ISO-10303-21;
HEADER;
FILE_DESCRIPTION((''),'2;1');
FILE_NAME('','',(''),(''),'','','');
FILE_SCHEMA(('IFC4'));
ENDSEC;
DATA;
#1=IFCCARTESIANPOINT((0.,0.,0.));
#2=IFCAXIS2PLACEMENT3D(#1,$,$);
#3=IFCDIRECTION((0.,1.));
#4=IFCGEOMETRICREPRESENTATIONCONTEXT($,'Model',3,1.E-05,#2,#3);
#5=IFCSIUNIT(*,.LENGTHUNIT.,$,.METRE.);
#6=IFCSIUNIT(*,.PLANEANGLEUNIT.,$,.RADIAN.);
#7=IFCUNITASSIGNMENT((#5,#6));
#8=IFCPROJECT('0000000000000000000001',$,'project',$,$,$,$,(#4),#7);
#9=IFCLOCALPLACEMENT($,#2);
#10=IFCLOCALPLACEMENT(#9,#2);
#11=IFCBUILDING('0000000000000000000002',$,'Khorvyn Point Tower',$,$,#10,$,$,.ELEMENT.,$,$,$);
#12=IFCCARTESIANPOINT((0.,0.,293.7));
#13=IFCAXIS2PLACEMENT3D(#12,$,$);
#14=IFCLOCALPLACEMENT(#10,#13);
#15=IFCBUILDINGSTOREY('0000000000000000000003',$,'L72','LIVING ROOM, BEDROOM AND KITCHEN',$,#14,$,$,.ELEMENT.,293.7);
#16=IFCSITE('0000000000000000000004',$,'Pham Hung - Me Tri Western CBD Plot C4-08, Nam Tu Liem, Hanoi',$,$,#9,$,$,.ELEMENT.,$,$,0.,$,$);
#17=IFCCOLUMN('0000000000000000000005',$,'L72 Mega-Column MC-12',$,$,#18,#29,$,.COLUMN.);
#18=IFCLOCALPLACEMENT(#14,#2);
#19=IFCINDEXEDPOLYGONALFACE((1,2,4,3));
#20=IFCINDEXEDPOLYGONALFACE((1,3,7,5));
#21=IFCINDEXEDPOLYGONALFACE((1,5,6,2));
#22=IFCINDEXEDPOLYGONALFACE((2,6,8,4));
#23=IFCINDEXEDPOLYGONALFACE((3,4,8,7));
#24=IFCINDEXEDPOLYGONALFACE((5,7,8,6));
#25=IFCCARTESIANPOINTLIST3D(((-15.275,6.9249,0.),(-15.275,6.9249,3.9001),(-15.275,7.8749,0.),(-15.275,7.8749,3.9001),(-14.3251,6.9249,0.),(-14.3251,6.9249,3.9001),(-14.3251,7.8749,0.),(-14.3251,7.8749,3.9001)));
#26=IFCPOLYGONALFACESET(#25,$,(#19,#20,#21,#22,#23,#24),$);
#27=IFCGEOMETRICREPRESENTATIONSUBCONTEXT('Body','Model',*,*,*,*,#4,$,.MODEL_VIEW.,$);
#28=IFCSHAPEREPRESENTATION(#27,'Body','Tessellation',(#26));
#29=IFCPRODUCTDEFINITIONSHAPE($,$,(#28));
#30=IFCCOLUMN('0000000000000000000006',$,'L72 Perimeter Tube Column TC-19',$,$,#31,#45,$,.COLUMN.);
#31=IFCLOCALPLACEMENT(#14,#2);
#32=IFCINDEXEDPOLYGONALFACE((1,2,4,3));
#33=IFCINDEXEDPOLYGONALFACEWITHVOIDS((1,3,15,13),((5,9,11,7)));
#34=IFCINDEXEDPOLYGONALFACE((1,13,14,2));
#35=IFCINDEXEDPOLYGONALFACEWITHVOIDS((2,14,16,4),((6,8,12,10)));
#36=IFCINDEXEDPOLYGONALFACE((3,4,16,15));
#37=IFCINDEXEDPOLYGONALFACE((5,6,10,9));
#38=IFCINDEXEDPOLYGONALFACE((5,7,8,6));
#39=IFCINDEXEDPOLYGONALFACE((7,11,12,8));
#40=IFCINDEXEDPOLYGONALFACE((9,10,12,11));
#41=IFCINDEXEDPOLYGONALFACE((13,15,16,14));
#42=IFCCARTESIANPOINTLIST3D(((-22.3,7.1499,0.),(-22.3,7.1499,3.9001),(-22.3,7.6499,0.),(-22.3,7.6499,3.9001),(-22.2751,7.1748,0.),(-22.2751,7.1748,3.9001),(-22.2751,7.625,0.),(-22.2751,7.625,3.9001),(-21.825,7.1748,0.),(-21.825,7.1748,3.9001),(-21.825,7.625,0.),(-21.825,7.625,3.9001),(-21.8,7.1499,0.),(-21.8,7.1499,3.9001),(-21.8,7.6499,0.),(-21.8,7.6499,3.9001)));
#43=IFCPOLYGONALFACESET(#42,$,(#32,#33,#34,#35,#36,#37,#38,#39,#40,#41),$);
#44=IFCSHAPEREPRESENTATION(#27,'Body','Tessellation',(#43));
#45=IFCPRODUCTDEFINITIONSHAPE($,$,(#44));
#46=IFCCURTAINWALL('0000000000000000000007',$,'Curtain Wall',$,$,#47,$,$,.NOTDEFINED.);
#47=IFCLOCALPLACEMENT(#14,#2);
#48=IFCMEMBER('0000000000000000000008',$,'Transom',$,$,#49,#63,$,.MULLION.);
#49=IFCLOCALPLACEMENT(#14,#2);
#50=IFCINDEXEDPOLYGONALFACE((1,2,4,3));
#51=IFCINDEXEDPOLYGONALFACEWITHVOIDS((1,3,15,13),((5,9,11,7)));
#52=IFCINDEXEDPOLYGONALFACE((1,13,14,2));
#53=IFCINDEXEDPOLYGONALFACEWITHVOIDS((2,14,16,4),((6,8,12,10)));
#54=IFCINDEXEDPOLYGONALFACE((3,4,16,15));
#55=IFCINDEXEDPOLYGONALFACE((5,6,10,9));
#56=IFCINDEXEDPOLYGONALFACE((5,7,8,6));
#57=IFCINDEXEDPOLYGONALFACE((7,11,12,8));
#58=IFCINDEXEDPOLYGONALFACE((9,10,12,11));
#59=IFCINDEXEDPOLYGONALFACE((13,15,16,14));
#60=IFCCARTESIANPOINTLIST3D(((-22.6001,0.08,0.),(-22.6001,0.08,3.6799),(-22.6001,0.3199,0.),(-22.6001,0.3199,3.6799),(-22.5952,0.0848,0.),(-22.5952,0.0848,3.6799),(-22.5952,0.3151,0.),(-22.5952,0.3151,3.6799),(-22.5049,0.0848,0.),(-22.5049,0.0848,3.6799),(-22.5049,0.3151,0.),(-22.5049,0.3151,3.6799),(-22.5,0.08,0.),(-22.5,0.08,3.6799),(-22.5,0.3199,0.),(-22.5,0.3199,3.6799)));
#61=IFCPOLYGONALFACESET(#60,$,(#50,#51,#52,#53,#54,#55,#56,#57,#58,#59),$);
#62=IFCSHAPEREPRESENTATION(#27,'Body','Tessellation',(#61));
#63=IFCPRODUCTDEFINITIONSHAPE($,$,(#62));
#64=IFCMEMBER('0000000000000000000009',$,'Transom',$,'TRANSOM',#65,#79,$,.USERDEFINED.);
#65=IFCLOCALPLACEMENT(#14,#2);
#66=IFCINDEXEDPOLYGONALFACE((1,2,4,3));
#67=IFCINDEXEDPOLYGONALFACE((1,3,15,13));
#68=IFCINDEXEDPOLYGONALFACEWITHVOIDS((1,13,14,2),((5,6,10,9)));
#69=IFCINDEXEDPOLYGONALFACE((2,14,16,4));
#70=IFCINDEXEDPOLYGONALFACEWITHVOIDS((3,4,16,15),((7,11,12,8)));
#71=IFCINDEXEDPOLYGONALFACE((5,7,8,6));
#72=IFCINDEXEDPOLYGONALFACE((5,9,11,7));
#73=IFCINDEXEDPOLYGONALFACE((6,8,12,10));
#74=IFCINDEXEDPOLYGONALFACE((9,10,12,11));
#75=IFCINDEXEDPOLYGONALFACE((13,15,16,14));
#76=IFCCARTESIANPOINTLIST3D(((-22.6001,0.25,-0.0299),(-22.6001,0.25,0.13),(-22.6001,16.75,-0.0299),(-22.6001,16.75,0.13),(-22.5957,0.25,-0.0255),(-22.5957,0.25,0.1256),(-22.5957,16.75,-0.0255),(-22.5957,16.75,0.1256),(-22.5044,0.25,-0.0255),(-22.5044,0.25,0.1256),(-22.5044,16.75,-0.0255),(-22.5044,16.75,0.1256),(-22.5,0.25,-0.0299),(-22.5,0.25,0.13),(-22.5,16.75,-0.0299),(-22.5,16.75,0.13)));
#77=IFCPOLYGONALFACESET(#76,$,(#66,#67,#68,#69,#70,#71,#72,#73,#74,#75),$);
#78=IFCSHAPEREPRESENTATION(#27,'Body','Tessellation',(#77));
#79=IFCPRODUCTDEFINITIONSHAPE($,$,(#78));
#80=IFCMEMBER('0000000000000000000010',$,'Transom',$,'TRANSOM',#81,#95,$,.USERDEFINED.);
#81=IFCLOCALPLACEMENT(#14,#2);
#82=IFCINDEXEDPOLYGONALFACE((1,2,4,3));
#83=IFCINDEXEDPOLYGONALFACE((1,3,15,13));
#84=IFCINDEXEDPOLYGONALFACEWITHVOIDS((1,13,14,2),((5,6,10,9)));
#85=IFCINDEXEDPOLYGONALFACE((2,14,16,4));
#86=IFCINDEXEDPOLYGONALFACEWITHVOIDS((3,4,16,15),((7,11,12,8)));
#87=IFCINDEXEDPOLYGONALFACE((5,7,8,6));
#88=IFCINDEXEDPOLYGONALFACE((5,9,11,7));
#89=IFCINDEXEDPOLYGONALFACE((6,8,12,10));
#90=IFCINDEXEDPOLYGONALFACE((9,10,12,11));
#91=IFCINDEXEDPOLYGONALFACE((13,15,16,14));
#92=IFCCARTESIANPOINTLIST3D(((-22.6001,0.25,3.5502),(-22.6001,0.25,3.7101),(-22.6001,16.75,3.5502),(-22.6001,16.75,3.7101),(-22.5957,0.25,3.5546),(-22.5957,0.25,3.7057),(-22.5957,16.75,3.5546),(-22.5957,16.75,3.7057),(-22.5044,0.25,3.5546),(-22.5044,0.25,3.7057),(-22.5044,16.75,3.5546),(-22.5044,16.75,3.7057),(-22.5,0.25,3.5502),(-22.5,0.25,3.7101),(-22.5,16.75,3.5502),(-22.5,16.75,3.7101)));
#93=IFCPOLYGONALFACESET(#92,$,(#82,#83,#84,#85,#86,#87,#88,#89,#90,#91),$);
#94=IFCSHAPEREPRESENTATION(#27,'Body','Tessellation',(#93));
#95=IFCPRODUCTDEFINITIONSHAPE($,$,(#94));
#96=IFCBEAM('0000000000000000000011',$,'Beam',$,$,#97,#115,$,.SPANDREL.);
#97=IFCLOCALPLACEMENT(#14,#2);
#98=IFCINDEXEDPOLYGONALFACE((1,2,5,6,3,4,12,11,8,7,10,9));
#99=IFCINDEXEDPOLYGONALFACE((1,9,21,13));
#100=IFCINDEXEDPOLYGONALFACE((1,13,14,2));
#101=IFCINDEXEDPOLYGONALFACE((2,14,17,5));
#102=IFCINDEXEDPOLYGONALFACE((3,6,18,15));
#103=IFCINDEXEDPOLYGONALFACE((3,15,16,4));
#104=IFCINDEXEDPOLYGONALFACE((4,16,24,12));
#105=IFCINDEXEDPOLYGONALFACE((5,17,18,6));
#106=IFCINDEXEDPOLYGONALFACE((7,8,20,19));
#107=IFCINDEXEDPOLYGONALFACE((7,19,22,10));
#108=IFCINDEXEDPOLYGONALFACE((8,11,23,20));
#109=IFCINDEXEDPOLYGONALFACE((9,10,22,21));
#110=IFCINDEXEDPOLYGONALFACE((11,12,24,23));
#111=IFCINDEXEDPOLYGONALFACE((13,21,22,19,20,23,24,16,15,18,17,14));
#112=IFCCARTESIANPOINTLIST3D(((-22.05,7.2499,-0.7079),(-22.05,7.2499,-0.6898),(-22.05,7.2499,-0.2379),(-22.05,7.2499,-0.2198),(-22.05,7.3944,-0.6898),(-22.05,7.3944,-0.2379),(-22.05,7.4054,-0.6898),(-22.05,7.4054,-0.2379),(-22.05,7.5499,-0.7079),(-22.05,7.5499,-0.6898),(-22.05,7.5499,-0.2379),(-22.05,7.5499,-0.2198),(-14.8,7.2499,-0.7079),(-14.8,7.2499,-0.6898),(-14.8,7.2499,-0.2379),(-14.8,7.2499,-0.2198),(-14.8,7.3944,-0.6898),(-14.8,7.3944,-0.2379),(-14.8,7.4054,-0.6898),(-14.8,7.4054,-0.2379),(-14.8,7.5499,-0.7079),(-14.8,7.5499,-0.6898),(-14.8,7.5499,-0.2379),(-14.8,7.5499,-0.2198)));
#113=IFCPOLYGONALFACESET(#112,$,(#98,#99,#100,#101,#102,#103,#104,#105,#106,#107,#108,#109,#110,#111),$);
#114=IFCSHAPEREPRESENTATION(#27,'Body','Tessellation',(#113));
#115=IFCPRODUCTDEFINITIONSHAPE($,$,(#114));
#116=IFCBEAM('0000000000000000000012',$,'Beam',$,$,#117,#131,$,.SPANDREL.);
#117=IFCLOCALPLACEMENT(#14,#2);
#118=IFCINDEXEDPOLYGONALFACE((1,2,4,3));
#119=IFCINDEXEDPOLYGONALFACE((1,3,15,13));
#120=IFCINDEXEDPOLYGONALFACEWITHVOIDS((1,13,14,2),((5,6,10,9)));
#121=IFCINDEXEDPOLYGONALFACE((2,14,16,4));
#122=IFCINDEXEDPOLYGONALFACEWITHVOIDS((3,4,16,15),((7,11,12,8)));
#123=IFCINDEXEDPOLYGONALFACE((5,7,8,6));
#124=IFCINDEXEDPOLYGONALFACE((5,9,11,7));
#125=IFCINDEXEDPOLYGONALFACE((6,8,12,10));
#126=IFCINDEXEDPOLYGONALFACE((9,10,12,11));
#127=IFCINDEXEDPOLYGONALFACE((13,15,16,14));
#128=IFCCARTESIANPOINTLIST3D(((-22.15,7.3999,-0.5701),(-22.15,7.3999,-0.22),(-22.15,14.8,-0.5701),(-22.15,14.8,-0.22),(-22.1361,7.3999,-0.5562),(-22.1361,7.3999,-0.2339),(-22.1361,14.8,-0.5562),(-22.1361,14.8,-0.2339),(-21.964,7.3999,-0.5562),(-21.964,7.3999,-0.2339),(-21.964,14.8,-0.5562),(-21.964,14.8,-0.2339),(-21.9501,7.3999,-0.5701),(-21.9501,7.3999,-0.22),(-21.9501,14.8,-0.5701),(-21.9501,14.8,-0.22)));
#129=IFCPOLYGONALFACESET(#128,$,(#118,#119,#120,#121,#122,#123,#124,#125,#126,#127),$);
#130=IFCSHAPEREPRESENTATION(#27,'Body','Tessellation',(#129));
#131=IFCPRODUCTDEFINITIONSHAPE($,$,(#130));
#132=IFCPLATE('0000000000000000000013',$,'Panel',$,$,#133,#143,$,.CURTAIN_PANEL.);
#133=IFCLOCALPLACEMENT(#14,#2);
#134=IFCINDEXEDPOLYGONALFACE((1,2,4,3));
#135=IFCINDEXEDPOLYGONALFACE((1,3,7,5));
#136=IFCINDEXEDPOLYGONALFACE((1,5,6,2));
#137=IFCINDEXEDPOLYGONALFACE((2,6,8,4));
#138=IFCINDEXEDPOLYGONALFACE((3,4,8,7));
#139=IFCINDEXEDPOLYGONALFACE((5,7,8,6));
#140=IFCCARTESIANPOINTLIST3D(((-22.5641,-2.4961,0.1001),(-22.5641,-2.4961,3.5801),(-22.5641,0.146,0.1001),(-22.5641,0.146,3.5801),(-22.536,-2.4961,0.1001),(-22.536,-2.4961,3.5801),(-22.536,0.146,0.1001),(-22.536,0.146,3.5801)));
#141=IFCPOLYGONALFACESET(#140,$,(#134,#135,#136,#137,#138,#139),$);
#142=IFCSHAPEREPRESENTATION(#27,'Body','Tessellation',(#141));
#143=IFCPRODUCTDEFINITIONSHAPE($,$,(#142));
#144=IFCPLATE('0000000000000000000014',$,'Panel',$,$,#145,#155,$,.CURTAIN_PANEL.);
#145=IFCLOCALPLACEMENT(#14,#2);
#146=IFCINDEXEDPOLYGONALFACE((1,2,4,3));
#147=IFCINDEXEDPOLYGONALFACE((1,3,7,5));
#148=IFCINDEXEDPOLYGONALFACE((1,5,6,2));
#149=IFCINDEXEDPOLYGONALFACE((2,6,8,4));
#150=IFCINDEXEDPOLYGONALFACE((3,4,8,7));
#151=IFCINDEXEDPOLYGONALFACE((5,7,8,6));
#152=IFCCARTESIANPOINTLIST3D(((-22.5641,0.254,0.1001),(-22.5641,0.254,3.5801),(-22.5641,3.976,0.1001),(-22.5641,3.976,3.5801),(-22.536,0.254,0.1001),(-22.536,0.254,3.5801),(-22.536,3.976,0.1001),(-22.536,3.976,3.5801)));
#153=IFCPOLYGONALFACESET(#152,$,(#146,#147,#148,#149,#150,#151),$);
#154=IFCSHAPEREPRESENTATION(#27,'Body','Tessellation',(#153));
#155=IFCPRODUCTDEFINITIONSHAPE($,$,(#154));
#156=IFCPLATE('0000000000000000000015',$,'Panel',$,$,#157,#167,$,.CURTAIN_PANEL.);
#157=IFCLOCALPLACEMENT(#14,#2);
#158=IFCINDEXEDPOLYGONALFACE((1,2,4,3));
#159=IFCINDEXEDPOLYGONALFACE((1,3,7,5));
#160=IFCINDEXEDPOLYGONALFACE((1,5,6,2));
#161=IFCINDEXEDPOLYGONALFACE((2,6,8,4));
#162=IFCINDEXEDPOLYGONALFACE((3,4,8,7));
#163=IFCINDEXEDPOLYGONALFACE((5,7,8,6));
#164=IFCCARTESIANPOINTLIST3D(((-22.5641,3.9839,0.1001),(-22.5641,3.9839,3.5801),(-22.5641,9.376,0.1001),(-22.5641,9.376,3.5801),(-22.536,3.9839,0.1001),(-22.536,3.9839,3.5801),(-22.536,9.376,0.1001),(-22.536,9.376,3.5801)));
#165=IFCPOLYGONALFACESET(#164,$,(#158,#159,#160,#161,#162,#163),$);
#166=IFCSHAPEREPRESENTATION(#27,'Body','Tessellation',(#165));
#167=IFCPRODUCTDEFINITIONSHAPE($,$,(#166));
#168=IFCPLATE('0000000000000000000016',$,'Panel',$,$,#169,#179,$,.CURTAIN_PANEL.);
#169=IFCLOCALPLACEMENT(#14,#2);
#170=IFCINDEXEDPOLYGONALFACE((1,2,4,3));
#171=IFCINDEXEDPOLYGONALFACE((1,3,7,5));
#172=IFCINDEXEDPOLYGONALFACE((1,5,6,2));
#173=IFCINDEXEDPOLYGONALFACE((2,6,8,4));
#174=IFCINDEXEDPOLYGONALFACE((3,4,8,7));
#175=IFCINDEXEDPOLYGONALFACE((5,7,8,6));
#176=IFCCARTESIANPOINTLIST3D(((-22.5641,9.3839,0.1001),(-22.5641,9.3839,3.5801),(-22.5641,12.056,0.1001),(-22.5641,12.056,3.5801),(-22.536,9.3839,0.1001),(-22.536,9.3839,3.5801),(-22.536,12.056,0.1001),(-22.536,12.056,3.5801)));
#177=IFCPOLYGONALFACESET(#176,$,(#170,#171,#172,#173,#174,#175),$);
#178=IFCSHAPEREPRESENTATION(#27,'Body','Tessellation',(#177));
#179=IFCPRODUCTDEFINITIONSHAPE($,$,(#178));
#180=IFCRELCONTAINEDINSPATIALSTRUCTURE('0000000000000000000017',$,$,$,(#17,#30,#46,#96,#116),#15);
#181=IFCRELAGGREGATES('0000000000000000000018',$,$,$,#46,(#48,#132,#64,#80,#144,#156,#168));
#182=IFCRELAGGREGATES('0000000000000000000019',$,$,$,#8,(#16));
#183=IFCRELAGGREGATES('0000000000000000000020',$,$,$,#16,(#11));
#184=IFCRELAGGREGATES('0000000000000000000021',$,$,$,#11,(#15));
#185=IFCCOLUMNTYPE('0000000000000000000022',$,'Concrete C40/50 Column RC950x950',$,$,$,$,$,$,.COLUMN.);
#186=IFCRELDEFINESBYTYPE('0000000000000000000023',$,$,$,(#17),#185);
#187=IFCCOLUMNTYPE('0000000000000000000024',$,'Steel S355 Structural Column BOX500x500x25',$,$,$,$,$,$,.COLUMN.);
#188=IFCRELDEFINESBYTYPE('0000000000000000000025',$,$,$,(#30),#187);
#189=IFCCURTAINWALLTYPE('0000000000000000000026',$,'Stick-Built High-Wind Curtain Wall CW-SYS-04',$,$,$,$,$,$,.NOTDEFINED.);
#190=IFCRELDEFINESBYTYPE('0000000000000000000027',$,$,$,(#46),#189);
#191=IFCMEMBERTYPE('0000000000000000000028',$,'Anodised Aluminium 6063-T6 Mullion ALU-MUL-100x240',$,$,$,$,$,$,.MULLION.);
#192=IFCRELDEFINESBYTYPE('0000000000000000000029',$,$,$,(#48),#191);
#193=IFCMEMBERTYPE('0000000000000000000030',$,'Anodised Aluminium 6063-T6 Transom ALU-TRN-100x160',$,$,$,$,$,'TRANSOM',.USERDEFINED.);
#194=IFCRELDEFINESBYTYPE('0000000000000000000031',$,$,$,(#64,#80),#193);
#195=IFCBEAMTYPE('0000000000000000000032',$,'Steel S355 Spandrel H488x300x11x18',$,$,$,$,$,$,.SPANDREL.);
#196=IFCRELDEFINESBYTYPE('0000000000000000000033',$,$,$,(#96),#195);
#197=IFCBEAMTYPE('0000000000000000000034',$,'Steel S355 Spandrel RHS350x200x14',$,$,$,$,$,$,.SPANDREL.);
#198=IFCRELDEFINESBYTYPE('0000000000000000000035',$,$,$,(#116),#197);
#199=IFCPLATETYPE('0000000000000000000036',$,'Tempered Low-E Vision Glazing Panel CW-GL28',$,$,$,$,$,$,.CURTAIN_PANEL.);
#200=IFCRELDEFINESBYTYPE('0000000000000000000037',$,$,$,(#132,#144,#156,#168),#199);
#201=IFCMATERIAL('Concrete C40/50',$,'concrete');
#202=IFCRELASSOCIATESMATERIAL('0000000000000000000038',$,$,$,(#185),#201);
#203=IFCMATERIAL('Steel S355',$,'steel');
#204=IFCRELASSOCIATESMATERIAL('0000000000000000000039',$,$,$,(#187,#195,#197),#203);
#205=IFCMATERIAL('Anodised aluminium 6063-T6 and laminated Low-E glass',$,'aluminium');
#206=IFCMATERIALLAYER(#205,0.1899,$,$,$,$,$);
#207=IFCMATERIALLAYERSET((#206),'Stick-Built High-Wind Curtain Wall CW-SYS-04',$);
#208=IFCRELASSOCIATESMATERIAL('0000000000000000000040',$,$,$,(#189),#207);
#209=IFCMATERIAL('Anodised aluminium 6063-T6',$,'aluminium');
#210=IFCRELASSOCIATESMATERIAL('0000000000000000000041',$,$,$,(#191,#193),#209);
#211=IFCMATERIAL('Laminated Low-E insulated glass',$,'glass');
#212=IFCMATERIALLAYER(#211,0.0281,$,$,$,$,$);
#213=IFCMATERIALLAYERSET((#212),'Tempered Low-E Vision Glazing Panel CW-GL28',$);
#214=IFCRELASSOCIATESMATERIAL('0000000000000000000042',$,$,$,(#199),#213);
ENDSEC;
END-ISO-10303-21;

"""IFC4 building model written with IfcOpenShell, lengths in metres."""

from ifc_helpers import new_model, si_unit, direction, frame, origin, origin_2d, place, context, subcontext, project, spatial, rectangle, hollow_rectangle, i_section, extrude, material, layer, layer_set, material_profile, profile_set, type_object, element, aggregate, save


model = new_model("IFC4")

# Units and contexts
model_context = context("Model", 3, precision=1e-05, world=origin(), true_north=direction((0.0, 1.0)))
body_context = subcontext(model_context, "Body", "Model", "MODEL_VIEW")
ifc_project = project(units=[si_unit("LENGTHUNIT", "METRE"), si_unit("PLANEANGLEUNIT", "RADIAN")], contexts=[model_context])

# Site, building, storey
site_placement = place(None, origin())
site = spatial("IfcSite", under=ifc_project, at=site_placement, Name="Pham Hung - Me Tri Western CBD Plot C4-08, Nam Tu Liem, Hanoi", CompositionType="ELEMENT", RefElevation=0.0)
building_placement = place(site_placement, origin())
building = spatial("IfcBuilding", under=site, at=building_placement, Name="Khorvyn Point Tower", CompositionType="ELEMENT")
storey_placement = place(building_placement, frame((0.0, 0.0, 293.7)))
storey = spatial("IfcBuildingStorey", under=building, at=storey_placement, Name="L72", Description="LIVING ROOM, BEDROOM AND KITCHEN", CompositionType="ELEMENT", Elevation=293.7)

# Columns
ifc_material_1 = material(Name="Concrete C40/50", Category="concrete")
ifc_material_profile_1 = material_profile(ifc_material_1, rectangle(XDim=0.95, YDim=0.95, at=origin_2d()))
ifc_profile_set_1 = profile_set([ifc_material_profile_1], Name="Concrete C40/50 RC950x950")
column_type_1 = type_object("IfcColumnType", Name="Concrete C40/50 Column RC950x950", PredefinedType="COLUMN", material=ifc_profile_set_1)
column_1_placement = place(storey_placement, frame((-14.8, 7.3999, 0.0), z_axis=(0.0, 0.0, 1.0), x_axis=(1.0, 0.0, 0.0)))
element("IfcColumn", 1, at=column_1_placement, inside=storey, type_object=column_type_1, Name="L72 Mega-Column MC-12", PredefinedType="COLUMN", context=body_context, shape_type="SweptSolid", body=[
    extrude(rectangle(XDim=0.95, YDim=0.95, at=origin_2d()), origin(), (0.0, 0.0, 1.0), 3.9001),
])
ifc_material_2 = material(Name="Steel S355", Category="steel")
ifc_material_profile_2 = material_profile(ifc_material_2, hollow_rectangle(XDim=0.5, YDim=0.5, WallThickness=0.0249, at=origin_2d()))
ifc_profile_set_2 = profile_set([ifc_material_profile_2], Name="Steel S355 BOX500x500x25")
column_type_2 = type_object("IfcColumnType", Name="Steel S355 Structural Column BOX500x500x25", PredefinedType="COLUMN", material=ifc_profile_set_2)
column_2_placement = place(storey_placement, frame((-22.05, 7.3999, 0.0), z_axis=(0.0, 0.0, 1.0), x_axis=(1.0, 0.0, 0.0)))
element("IfcColumn", 2, at=column_2_placement, inside=storey, type_object=column_type_2, Name="L72 Perimeter Tube Column TC-19", PredefinedType="COLUMN", context=body_context, shape_type="SweptSolid", body=[
    extrude(hollow_rectangle(XDim=0.5, YDim=0.5, WallThickness=0.0249, at=origin_2d()), origin(), (0.0, 0.0, 1.0), 3.9001),
])

# Curtain wall, members
ifc_material_3 = material(Name="Anodised aluminium 6063-T6 and laminated Low-E glass", Category="aluminium")
ifc_layer_1 = layer(ifc_material_3, 0.1899)
ifc_layer_set_1 = layer_set([ifc_layer_1], Name="Stick-Built High-Wind Curtain Wall CW-SYS-04")
curtain_wall_type = type_object("IfcCurtainWallType", Name="Stick-Built High-Wind Curtain Wall CW-SYS-04", PredefinedType="NOTDEFINED", material=ifc_layer_set_1)
curtain_wall_placement = place(storey_placement, origin())
curtain_wall = element("IfcCurtainWall", 3, at=curtain_wall_placement, inside=storey, type_object=curtain_wall_type, Name="Curtain Wall", PredefinedType="NOTDEFINED")
ifc_material_4 = material(Name="Anodised aluminium 6063-T6", Category="aluminium")
ifc_material_profile_3 = material_profile(ifc_material_4, hollow_rectangle(XDim=0.1001, YDim=0.24, WallThickness=0.0049, at=origin_2d()))
ifc_profile_set_3 = profile_set([ifc_material_profile_3], Name="Anodised aluminium 6063-T6 ALU-MUL-100x240")
member_type_1 = type_object("IfcMemberType", Name="Anodised Aluminium 6063-T6 Mullion ALU-MUL-100x240", PredefinedType="MULLION", material=ifc_profile_set_3)
member_1_placement = place(storey_placement, frame((-22.55, 0.2, 0.0), z_axis=(0.0, 0.0, 1.0), x_axis=(-1.0, 0.0, 0.0)))
member_1 = element("IfcMember", 4, at=member_1_placement, type_object=member_type_1, Name="Transom", PredefinedType="MULLION", context=body_context, shape_type="SweptSolid", body=[
    extrude(hollow_rectangle(XDim=0.1001, YDim=0.24, WallThickness=0.0049, at=origin_2d()), origin(), (0.0, 0.0, 1.0), 3.6799),
])
ifc_material_profile_4 = material_profile(ifc_material_4, hollow_rectangle(XDim=0.1001, YDim=0.1599, WallThickness=0.0044, at=origin_2d()))
ifc_profile_set_4 = profile_set([ifc_material_profile_4], Name="Anodised aluminium 6063-T6 ALU-TRN-100x160")
member_type_2 = type_object("IfcMemberType", Name="Anodised Aluminium 6063-T6 Transom ALU-TRN-100x160", ElementType="TRANSOM", PredefinedType="USERDEFINED", material=ifc_profile_set_4)
member_2_placement = place(storey_placement, frame((-22.55, 0.25, 0.05), z_axis=(0.0, 1.0, 0.0), x_axis=(-1.0, 0.0, 0.0)))
member_2 = element("IfcMember", 5, at=member_2_placement, type_object=member_type_2, Name="Transom", ObjectType="TRANSOM", PredefinedType="USERDEFINED", context=body_context, shape_type="SweptSolid", body=[
    extrude(hollow_rectangle(XDim=0.1001, YDim=0.1599, WallThickness=0.0044, at=origin_2d()), origin(), (0.0, 0.0, 1.0), 16.5),
])
member_3_placement = place(storey_placement, frame((-22.55, 0.25, 3.6301), z_axis=(0.0, 1.0, 0.0), x_axis=(-1.0, 0.0, 0.0)))
member_3 = element("IfcMember", 6, at=member_3_placement, type_object=member_type_2, Name="Transom", ObjectType="TRANSOM", PredefinedType="USERDEFINED", context=body_context, shape_type="SweptSolid", body=[
    extrude(hollow_rectangle(XDim=0.1001, YDim=0.1599, WallThickness=0.0044, at=origin_2d()), origin(), (0.0, 0.0, 1.0), 16.5),
])

# Beams
ifc_material_profile_5 = material_profile(ifc_material_2, i_section(OverallWidth=0.3, OverallDepth=0.488, WebThickness=0.011, FlangeThickness=0.0181, at=origin_2d()))
ifc_profile_set_5 = profile_set([ifc_material_profile_5], Name="Steel S355 H488x300x11x18")
beam_type_1 = type_object("IfcBeamType", Name="Steel S355 Spandrel H488x300x11x18", PredefinedType="SPANDREL", material=ifc_profile_set_5)
beam_1_placement = place(storey_placement, frame((-22.05, 7.3999, -0.4639), z_axis=(1.0, 0.0, 0.0), x_axis=(0.0, 1.0, 0.0)))
element("IfcBeam", 7, at=beam_1_placement, inside=storey, type_object=beam_type_1, Name="Beam", PredefinedType="SPANDREL", context=body_context, shape_type="SweptSolid", body=[
    extrude(i_section(OverallWidth=0.3, OverallDepth=0.488, WebThickness=0.011, FlangeThickness=0.0181, at=origin_2d()), origin(), (0.0, 0.0, 1.0), 7.25),
])
ifc_material_profile_6 = material_profile(ifc_material_2, hollow_rectangle(XDim=0.2, YDim=0.3501, WallThickness=0.0139, at=origin_2d()))
ifc_profile_set_6 = profile_set([ifc_material_profile_6], Name="Steel S355 RHS350x200x14")
beam_type_2 = type_object("IfcBeamType", Name="Steel S355 Spandrel RHS350x200x14", PredefinedType="SPANDREL", material=ifc_profile_set_6)
beam_2_placement = place(storey_placement, frame((-22.05, 7.3999, -0.395), z_axis=(0.0, 1.0, 0.0), x_axis=(-1.0, 0.0, 0.0)))
element("IfcBeam", 8, at=beam_2_placement, inside=storey, type_object=beam_type_2, Name="Beam", PredefinedType="SPANDREL", context=body_context, shape_type="SweptSolid", body=[
    extrude(hollow_rectangle(XDim=0.2, YDim=0.3501, WallThickness=0.0139, at=origin_2d()), origin(), (0.0, 0.0, 1.0), 7.4001),
])

# Plates
ifc_material_5 = material(Name="Laminated Low-E insulated glass", Category="glass")
ifc_layer_2 = layer(ifc_material_5, 0.0281)
ifc_layer_set_2 = layer_set([ifc_layer_2], Name="Tempered Low-E Vision Glazing Panel CW-GL28")
plate_type = type_object("IfcPlateType", Name="Tempered Low-E Vision Glazing Panel CW-GL28", PredefinedType="CURTAIN_PANEL", material=ifc_layer_set_2)
plate_1_placement = place(storey_placement, frame((-22.55, -1.175, 0.1001), z_axis=(0.0, 0.0, 1.0), x_axis=(0.0, 1.0, 0.0)))
plate_1 = element("IfcPlate", 9, at=plate_1_placement, type_object=plate_type, Name="Panel", PredefinedType="CURTAIN_PANEL", context=body_context, shape_type="SweptSolid", body=[
    extrude(rectangle(XDim=2.6421, YDim=0.0281, at=origin_2d()), origin(), (0.0, 0.0, 1.0), 3.48),
])
plate_2_placement = place(storey_placement, frame((-22.55, 2.115, 0.1001), z_axis=(0.0, 0.0, 1.0), x_axis=(0.0, 1.0, 0.0)))
plate_2 = element("IfcPlate", 10, at=plate_2_placement, type_object=plate_type, Name="Panel", PredefinedType="CURTAIN_PANEL", context=body_context, shape_type="SweptSolid", body=[
    extrude(rectangle(XDim=3.7219, YDim=0.0281, at=origin_2d()), origin(), (0.0, 0.0, 1.0), 3.48),
])
plate_3_placement = place(storey_placement, frame((-22.55, 6.6799, 0.1001), z_axis=(0.0, 0.0, 1.0), x_axis=(0.0, 1.0, 0.0)))
plate_3 = element("IfcPlate", 11, at=plate_3_placement, type_object=plate_type, Name="Panel", PredefinedType="CURTAIN_PANEL", context=body_context, shape_type="SweptSolid", body=[
    extrude(rectangle(XDim=5.3921, YDim=0.0281, at=origin_2d()), origin(), (0.0, 0.0, 1.0), 3.48),
])
plate_4_placement = place(storey_placement, frame((-22.55, 10.72, 0.1001), z_axis=(0.0, 0.0, 1.0), x_axis=(0.0, 1.0, 0.0)))
plate_4 = element("IfcPlate", 12, at=plate_4_placement, type_object=plate_type, Name="Panel", PredefinedType="CURTAIN_PANEL", context=body_context, shape_type="SweptSolid", body=[
    extrude(rectangle(XDim=2.6721, YDim=0.0281, at=origin_2d()), origin(), (0.0, 0.0, 1.0), 3.48),
])
aggregate(curtain_wall, [member_1, plate_1, member_2, member_3, plate_2, plate_3, plate_4])

save(model, "model.ifc")
